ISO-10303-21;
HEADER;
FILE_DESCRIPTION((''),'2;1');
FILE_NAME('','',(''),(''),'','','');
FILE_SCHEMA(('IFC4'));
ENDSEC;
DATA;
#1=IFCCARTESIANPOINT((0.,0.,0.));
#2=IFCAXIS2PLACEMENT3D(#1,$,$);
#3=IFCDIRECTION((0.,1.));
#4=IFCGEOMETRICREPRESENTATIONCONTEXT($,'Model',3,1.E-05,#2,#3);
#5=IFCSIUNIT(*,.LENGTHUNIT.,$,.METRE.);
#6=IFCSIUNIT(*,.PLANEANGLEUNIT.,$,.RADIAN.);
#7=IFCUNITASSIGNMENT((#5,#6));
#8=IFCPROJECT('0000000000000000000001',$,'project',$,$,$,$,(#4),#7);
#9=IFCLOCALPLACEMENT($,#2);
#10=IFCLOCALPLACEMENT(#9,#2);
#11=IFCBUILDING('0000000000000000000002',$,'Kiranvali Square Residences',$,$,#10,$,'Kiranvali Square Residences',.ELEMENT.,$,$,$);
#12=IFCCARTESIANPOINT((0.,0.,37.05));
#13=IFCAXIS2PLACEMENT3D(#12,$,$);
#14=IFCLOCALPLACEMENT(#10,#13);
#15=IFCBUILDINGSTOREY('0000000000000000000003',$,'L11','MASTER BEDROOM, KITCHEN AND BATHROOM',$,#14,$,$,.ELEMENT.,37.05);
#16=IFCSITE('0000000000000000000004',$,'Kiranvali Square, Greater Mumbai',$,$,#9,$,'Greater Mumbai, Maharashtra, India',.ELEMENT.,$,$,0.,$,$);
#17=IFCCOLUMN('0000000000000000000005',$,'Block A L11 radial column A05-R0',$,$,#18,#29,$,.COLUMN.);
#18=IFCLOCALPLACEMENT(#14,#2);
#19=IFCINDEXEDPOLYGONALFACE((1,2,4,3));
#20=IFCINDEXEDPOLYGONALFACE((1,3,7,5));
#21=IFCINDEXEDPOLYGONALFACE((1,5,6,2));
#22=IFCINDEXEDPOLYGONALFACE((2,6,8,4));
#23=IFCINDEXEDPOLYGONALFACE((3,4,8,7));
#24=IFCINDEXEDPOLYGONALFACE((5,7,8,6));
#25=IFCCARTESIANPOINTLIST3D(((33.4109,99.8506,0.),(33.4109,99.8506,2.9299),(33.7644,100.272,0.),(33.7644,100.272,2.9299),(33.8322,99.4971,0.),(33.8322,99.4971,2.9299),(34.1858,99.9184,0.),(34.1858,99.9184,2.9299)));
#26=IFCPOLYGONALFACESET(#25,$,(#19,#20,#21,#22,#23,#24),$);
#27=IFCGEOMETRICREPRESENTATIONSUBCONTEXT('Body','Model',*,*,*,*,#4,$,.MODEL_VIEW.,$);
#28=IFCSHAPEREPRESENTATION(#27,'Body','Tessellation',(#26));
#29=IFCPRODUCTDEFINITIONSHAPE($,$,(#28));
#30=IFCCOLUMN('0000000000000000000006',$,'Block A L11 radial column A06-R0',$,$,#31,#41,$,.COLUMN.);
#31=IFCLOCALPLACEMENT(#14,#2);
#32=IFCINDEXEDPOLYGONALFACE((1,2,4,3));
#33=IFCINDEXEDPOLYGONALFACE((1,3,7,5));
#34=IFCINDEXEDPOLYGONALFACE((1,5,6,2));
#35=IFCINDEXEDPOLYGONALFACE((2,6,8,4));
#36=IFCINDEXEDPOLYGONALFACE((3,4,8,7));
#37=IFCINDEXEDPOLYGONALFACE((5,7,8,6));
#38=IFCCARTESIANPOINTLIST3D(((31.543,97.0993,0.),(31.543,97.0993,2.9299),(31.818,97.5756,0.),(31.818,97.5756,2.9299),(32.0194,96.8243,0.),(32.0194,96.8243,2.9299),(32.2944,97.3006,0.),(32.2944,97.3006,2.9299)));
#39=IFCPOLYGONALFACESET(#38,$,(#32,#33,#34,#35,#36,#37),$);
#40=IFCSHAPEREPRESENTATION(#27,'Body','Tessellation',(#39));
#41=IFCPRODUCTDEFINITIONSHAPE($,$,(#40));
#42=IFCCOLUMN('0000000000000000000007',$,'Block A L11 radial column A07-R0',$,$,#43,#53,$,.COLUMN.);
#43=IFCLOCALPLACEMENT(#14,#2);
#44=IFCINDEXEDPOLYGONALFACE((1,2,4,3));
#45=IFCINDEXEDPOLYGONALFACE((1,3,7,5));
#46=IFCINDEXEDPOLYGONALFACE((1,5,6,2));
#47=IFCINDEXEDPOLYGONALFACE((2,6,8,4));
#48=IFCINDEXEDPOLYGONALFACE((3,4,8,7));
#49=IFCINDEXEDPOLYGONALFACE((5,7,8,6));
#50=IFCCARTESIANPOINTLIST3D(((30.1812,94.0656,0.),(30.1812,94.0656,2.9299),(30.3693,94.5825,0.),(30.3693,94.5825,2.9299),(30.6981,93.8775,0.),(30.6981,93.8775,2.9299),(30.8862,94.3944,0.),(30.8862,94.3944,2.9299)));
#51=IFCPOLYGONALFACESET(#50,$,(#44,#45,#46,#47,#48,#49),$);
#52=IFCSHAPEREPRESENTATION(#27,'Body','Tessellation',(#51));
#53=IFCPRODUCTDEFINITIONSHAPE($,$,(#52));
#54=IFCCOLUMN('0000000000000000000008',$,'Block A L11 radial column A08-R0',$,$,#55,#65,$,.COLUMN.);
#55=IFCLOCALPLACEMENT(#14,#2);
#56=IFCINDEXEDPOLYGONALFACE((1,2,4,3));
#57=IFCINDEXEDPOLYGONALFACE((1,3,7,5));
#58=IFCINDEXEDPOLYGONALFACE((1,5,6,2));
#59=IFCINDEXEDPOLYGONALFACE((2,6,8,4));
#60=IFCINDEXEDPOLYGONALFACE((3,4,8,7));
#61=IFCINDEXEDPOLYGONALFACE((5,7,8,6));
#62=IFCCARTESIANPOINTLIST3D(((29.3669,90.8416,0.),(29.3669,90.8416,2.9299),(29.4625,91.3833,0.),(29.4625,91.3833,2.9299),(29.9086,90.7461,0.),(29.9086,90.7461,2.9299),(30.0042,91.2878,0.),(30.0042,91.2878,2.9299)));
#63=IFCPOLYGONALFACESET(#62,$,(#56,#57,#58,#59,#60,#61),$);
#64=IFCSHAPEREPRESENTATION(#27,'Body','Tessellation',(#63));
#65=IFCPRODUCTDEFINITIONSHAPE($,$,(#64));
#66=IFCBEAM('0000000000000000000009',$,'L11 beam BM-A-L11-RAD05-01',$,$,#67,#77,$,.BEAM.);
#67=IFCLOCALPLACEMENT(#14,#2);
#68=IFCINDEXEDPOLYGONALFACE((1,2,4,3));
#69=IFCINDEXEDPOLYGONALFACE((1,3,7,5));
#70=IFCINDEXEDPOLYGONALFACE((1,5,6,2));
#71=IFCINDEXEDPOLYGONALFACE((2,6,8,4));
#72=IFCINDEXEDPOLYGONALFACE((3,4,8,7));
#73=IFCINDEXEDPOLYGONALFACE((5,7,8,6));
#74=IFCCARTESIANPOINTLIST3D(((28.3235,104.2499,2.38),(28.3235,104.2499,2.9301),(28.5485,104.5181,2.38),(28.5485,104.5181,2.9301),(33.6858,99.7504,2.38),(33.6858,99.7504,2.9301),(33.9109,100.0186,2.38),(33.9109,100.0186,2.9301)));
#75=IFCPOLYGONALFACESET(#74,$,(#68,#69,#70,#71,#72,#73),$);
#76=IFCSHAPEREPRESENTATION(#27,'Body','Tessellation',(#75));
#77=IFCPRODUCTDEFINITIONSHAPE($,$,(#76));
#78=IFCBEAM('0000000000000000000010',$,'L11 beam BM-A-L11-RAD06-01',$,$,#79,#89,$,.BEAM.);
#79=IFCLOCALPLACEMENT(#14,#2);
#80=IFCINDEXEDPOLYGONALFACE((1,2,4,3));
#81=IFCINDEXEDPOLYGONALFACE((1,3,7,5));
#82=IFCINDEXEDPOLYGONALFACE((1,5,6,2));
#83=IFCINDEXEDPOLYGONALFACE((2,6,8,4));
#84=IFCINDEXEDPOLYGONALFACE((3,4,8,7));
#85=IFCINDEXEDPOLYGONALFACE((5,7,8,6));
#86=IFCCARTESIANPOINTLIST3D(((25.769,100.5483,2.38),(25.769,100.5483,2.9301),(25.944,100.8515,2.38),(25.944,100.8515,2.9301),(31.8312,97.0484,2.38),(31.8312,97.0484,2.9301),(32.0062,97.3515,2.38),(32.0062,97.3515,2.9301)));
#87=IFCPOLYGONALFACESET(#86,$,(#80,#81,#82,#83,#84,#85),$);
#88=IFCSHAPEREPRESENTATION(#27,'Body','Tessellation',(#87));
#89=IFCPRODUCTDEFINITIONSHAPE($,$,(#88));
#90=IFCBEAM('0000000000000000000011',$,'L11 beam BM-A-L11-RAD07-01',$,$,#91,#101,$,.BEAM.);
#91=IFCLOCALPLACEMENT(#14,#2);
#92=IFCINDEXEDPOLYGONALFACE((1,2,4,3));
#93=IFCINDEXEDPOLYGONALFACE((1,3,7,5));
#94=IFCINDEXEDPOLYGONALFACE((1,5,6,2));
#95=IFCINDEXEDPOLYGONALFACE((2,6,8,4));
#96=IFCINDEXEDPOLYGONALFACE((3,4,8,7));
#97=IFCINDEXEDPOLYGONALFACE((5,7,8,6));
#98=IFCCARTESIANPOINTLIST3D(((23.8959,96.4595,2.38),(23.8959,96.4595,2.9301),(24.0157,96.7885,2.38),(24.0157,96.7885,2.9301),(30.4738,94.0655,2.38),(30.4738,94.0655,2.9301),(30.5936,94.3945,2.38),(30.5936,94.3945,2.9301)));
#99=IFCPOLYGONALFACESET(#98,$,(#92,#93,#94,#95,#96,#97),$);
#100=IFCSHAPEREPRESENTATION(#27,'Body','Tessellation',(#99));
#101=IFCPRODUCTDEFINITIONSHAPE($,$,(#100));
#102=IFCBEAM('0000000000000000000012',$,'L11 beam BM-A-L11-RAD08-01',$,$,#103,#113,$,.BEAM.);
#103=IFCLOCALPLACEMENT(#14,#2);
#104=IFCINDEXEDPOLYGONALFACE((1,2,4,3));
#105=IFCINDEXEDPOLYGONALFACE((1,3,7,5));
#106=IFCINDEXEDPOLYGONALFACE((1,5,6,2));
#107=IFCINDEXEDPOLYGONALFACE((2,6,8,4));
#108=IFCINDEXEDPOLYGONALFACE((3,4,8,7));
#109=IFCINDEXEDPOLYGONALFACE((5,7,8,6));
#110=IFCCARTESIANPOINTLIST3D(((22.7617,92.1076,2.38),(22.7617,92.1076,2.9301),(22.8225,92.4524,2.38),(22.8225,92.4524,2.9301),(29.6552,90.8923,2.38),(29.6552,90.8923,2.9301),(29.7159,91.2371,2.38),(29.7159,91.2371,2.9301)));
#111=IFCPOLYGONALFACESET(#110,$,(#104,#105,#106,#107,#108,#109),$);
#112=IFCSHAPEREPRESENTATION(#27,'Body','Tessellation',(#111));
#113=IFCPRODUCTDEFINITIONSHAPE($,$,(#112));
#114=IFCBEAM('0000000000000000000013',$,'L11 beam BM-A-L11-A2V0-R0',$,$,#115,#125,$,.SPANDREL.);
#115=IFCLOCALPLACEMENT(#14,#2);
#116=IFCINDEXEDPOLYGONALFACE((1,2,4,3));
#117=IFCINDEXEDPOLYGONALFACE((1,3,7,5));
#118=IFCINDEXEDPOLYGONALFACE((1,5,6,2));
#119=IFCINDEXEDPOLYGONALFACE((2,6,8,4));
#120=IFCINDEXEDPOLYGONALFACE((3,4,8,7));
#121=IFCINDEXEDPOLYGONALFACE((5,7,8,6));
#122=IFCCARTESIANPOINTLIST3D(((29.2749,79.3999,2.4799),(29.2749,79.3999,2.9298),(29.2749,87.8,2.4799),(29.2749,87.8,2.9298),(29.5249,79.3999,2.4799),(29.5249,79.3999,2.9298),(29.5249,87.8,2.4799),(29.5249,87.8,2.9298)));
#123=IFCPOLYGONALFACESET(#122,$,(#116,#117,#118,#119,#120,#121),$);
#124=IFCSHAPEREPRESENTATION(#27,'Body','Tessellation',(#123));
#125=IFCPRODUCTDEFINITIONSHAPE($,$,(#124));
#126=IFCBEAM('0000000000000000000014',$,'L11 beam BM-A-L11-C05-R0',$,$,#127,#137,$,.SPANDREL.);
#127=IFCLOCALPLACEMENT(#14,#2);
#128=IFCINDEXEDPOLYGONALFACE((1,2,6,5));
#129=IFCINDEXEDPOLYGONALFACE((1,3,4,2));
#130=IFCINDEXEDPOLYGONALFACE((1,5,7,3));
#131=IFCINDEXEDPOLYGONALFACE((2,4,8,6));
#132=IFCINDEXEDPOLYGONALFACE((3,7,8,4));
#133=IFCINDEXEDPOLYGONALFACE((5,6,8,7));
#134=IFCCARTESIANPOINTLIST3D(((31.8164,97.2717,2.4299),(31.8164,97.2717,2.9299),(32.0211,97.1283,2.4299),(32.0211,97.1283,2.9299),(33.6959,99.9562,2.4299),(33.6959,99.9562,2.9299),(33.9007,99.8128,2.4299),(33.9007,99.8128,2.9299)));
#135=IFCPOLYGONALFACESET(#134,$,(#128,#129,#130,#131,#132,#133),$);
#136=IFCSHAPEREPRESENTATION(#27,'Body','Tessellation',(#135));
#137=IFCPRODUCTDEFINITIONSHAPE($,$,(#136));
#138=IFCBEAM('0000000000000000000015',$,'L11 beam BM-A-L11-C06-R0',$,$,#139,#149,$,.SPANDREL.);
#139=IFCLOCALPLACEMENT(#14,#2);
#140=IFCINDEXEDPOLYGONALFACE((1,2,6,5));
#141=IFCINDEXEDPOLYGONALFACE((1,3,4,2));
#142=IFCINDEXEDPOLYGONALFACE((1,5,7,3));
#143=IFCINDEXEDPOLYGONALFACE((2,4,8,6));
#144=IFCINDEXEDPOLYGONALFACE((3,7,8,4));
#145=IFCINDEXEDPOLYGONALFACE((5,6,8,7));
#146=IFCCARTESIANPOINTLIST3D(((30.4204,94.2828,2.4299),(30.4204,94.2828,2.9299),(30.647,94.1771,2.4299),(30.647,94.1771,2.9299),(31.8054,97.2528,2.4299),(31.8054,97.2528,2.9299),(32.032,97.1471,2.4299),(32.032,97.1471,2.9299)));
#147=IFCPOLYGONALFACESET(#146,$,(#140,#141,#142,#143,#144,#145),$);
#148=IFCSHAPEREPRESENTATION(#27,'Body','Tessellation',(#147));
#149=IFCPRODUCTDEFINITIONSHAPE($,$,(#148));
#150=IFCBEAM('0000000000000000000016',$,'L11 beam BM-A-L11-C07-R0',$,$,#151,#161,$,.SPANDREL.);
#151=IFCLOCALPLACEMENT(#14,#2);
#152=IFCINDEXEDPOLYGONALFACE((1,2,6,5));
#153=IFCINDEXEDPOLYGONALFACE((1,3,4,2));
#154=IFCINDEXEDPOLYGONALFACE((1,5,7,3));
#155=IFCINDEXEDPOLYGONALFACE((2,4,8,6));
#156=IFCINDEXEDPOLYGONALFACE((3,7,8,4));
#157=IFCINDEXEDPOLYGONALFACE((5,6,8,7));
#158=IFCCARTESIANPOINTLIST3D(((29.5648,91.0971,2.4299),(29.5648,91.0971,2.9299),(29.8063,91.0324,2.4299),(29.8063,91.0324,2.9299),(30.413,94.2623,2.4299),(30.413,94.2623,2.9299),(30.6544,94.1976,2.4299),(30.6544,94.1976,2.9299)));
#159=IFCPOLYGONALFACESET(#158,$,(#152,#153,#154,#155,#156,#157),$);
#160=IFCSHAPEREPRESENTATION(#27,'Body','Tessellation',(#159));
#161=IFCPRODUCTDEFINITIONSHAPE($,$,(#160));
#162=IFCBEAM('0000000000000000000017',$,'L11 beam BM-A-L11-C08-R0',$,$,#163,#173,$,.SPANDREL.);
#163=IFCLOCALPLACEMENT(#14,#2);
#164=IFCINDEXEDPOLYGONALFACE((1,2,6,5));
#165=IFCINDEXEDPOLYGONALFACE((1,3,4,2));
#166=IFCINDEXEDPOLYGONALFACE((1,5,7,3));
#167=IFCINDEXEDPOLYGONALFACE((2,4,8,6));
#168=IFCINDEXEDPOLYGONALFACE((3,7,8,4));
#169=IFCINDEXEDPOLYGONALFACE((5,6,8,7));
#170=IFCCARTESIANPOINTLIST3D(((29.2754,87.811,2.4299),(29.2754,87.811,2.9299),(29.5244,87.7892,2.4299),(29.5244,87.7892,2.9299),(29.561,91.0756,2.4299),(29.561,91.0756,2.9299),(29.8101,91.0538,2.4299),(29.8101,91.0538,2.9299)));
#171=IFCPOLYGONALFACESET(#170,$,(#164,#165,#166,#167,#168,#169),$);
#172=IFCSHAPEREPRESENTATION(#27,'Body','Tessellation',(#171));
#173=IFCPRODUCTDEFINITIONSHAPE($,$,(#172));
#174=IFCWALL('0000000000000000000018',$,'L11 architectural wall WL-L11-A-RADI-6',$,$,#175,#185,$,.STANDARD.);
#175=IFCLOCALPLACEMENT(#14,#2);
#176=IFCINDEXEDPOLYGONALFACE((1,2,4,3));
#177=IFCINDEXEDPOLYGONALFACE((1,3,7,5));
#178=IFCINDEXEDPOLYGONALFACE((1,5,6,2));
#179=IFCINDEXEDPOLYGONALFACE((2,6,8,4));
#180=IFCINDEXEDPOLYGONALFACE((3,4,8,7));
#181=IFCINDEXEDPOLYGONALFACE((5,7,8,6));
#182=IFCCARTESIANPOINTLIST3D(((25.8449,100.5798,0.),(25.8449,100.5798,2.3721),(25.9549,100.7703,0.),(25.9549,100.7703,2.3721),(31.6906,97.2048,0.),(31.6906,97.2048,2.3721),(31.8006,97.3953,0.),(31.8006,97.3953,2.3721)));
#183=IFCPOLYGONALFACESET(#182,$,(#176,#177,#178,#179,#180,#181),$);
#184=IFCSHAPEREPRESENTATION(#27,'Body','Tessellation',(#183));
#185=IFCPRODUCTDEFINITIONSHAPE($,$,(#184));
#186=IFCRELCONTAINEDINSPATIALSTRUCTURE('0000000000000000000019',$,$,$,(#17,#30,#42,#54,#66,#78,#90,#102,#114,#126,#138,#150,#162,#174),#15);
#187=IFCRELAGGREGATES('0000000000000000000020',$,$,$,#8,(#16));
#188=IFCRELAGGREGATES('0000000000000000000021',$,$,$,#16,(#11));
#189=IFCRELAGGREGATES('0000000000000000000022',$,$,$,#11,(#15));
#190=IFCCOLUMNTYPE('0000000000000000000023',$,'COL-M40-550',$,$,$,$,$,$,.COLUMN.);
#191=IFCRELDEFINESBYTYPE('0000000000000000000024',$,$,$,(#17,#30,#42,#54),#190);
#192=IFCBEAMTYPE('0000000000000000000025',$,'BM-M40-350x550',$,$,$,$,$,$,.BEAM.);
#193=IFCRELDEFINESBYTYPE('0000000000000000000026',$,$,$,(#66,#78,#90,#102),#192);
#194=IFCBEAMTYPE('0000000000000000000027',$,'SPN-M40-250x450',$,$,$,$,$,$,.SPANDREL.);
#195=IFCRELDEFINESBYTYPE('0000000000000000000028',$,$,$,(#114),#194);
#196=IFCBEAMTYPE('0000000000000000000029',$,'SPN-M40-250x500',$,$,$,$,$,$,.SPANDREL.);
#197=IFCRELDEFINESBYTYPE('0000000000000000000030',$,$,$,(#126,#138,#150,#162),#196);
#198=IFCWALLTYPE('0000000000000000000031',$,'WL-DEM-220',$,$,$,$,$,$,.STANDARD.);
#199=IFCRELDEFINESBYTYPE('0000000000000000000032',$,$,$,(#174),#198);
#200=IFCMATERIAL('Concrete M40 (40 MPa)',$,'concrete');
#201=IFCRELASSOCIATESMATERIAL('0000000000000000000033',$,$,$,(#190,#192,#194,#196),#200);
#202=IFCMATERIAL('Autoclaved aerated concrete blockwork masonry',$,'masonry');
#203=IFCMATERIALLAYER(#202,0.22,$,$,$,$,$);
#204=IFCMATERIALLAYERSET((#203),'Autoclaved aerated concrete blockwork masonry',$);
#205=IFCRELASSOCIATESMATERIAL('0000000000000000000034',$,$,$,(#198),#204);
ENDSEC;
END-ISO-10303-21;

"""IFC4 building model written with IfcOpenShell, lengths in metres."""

from ifc_helpers import new_model, si_unit, direction, frame, frame_2d, origin, origin_2d, place, context, subcontext, project, spatial, rectangle, extrude, material, layer, layer_set, material_profile, profile_set, type_object, element, save


model = new_model("IFC4")

# Units and contexts
model_context = context("Model", 3, precision=1e-05, world=origin(), true_north=direction((0.0, 1.0)))
body_context = subcontext(model_context, "Body", "Model", "MODEL_VIEW")
ifc_project = project(units=[si_unit("LENGTHUNIT", "METRE"), si_unit("PLANEANGLEUNIT", "RADIAN")], contexts=[model_context])

# Site, building, storey
site_placement = place(None, origin())
site = spatial("IfcSite", under=ifc_project, at=site_placement, Name="Kiranvali Square, Greater Mumbai", LongName="Greater Mumbai, Maharashtra, India", CompositionType="ELEMENT", RefElevation=0.0)
building_placement = place(site_placement, origin())
building = spatial("IfcBuilding", under=site, at=building_placement, Name="Kiranvali Square Residences", LongName="Kiranvali Square Residences", CompositionType="ELEMENT")
storey_placement = place(building_placement, frame((0.0, 0.0, 37.05)))
storey = spatial("IfcBuildingStorey", under=building, at=storey_placement, Name="L11", Description="MASTER BEDROOM, KITCHEN AND BATHROOM", CompositionType="ELEMENT", Elevation=37.05)

# Columns
ifc_material_1 = material(Name="Concrete M40 (40 MPa)", Category="concrete")
ifc_material_profile_1 = material_profile(ifc_material_1, rectangle(XDim=0.55, YDim=0.55, at=origin_2d()), Name="RC 550x550")
ifc_profile_set_1 = profile_set([ifc_material_profile_1], Name="Concrete M40 (40 MPa)")
column_type = type_object("IfcColumnType", Name="COL-M40-550", PredefinedType="COLUMN", material=ifc_profile_set_1)
for number, where, z_axis, x_axis, name in (
    (1, (33.7983, 99.8845, 0.0), (0.0, 0.0, 1.0), (0.642788, 0.766044, 0.0), "Block A L11 radial column A05-R0"),
    (2, (31.9187, 97.2, 0.0), (0.0, 0.0, 1.0), (0.5, 0.866025, 0.0), "Block A L11 radial column A06-R0"),
    (3, (30.5337, 94.23, 0.0), (0.0, 0.0, 1.0), (0.34202, 0.939693, 0.0), "Block A L11 radial column A07-R0"),
    (4, (29.6855, 91.0647, 0.0), (0.0, 0.0, 1.0), (0.173648, 0.984808, 0.0), "Block A L11 radial column A08-R0"),
):
    element("IfcColumn", number, at=place(storey_placement, frame(where, z_axis=z_axis, x_axis=x_axis)), inside=storey, type_object=column_type, Name=name, PredefinedType="COLUMN", context=body_context, shape_type="SweptSolid", body=[
        extrude(rectangle(XDim=0.55, YDim=0.55, at=origin_2d()), origin(), (0.0, 0.0, 1.0), 2.9299),
    ])

# Beams
ifc_material_profile_2 = material_profile(ifc_material_1, rectangle(XDim=0.3501, YDim=0.55, at=origin_2d()), Name="RC 350x550")
ifc_profile_set_2 = profile_set([ifc_material_profile_2], Name="Concrete M40 (40 MPa)")
beam_type_1 = type_object("IfcBeamType", Name="BM-M40-350x550", PredefinedType="BEAM", material=ifc_profile_set_2)
for number, where, z_axis, x_axis, name in (
    (5, (33.7983, 99.8845, 2.655), (-0.766044, 0.642788, 0.0), (-0.642788, -0.766044, 0.0), "L11 beam BM-A-L11-RAD05-01"),
    (6, (31.9187, 97.2, 2.655), (-0.866028, 0.499995, 0.0), (-0.499995, -0.866028, 0.0), "L11 beam BM-A-L11-RAD06-01"),
    (7, (30.5337, 94.23, 2.655), (-0.939698, 0.342006, 0.0), (-0.342006, -0.939698, 0.0), "L11 beam BM-A-L11-RAD07-01"),
):
    element("IfcBeam", number, at=place(storey_placement, frame(where, z_axis=z_axis, x_axis=x_axis)), inside=storey, type_object=beam_type_1, Name=name, PredefinedType="BEAM", context=body_context, shape_type="SweptSolid", body=[
        extrude(rectangle(XDim=0.3501, YDim=0.55, at=origin_2d()), origin(), (0.0, 0.0, 1.0), 7.0),
    ])
beam_1_placement = place(storey_placement, frame((29.6855, 91.0647, 2.655), z_axis=(-0.984812, 0.173622, 0.0), x_axis=(-0.173622, -0.984812, 0.0)))
element("IfcBeam", 8, at=beam_1_placement, inside=storey, type_object=beam_type_1, Name="L11 beam BM-A-L11-RAD08-01", PredefinedType="BEAM", context=body_context, shape_type="SweptSolid", body=[
    extrude(rectangle(XDim=0.3501, YDim=0.55, at=origin_2d()), origin(), (0.0, 0.0, 1.0), 6.9998),
])
ifc_material_profile_3 = material_profile(ifc_material_1, rectangle(XDim=0.25, YDim=0.45, at=origin_2d()), Name="RC 250x450")
ifc_profile_set_3 = profile_set([ifc_material_profile_3], Name="Concrete M40 (40 MPa)")
beam_type_2 = type_object("IfcBeamType", Name="SPN-M40-250x450", PredefinedType="SPANDREL", material=ifc_profile_set_3)
beam_2_placement = place(storey_placement, frame((29.3999, 87.8, 2.7048), z_axis=(0.0, -1.0, 0.0), x_axis=(1.0, 0.0, 0.0)))
element("IfcBeam", 9, at=beam_2_placement, inside=storey, type_object=beam_type_2, Name="L11 beam BM-A-L11-A2V0-R0", PredefinedType="SPANDREL", context=body_context, shape_type="SweptSolid", body=[
    extrude(rectangle(XDim=0.25, YDim=0.45, at=origin_2d()), origin(), (0.0, 0.0, 1.0), 8.4001),
])
ifc_material_profile_4 = material_profile(ifc_material_1, rectangle(XDim=0.25, YDim=0.5, at=origin_2d()), Name="RC 250x500")
ifc_profile_set_4 = profile_set([ifc_material_profile_4], Name="Concrete M40 (40 MPa)")
beam_type_3 = type_object("IfcBeamType", Name="SPN-M40-250x500", PredefinedType="SPANDREL", material=ifc_profile_set_4)
for number, where, z_axis, x_axis, name in (
    (10, (33.7983, 99.8845, 2.6799), (-0.573552, -0.819169, 0.0), (0.819169, -0.573552, 0.0), "L11 beam BM-A-L11-C05-R0"),
    (11, (31.9187, 97.2, 2.6799), (-0.422641, -0.906297, 0.0), (0.906297, -0.422641, 0.0), "L11 beam BM-A-L11-C06-R0"),
):
    element("IfcBeam", number, at=place(storey_placement, frame(where, z_axis=z_axis, x_axis=x_axis)), inside=storey, type_object=beam_type_3, Name=name, PredefinedType="SPANDREL", context=body_context, shape_type="SweptSolid", body=[
        extrude(rectangle(XDim=0.25, YDim=0.5, at=origin_2d()), origin(), (0.0, 0.0, 1.0), 3.2771),
    ])
beam_3_placement = place(storey_placement, frame((30.5337, 94.23, 2.6799), z_axis=(-0.258822, -0.965925, 0.0), x_axis=(0.965925, -0.258822, 0.0)))
element("IfcBeam", 12, at=beam_3_placement, inside=storey, type_object=beam_type_3, Name="L11 beam BM-A-L11-C07-R0", PredefinedType="SPANDREL", context=body_context, shape_type="SweptSolid", body=[
    extrude(rectangle(XDim=0.25, YDim=0.5, at=origin_2d()), origin(), (0.0, 0.0, 1.0), 3.2769),
])
beam_4_placement = place(storey_placement, frame((29.6855, 91.0647, 2.6799), z_axis=(-0.087163, -0.996194, 0.0), x_axis=(0.996194, -0.087163, 0.0)))
element("IfcBeam", 13, at=beam_4_placement, inside=storey, type_object=beam_type_3, Name="L11 beam BM-A-L11-C08-R0", PredefinedType="SPANDREL", context=body_context, shape_type="SweptSolid", body=[
    extrude(rectangle(XDim=0.25, YDim=0.5, at=origin_2d()), origin(), (0.0, 0.0, 1.0), 3.2771),
])

# Wall
ifc_material_2 = material(Name="Autoclaved aerated concrete blockwork masonry", Category="masonry")
ifc_layer_1 = layer(ifc_material_2, 0.22)
ifc_layer_set_1 = layer_set([ifc_layer_1], Name="Autoclaved aerated concrete blockwork masonry")
wall_type_1 = type_object("IfcWallType", Name="WL-DEM-220", PredefinedType="STANDARD", material=ifc_layer_set_1)
wall_1_placement = place(storey_placement, frame((31.7456, 97.3, 0.0), z_axis=(0.0, 0.0, 1.0), x_axis=(-0.866027, 0.499998, 0.0)))
element("IfcWall", 14, at=wall_1_placement, inside=storey, type_object=wall_type_1, Name="L11 architectural wall WL-L11-A-RADI-6", PredefinedType="STANDARD", context=body_context, shape_type="SweptSolid", body=[
    extrude(rectangle(XDim=6.75, YDim=0.22, at=frame_2d((3.375, 0.0))), origin(), (0.0, 0.0, 1.0), 2.3721),
])

save(model, "model.ifc")
